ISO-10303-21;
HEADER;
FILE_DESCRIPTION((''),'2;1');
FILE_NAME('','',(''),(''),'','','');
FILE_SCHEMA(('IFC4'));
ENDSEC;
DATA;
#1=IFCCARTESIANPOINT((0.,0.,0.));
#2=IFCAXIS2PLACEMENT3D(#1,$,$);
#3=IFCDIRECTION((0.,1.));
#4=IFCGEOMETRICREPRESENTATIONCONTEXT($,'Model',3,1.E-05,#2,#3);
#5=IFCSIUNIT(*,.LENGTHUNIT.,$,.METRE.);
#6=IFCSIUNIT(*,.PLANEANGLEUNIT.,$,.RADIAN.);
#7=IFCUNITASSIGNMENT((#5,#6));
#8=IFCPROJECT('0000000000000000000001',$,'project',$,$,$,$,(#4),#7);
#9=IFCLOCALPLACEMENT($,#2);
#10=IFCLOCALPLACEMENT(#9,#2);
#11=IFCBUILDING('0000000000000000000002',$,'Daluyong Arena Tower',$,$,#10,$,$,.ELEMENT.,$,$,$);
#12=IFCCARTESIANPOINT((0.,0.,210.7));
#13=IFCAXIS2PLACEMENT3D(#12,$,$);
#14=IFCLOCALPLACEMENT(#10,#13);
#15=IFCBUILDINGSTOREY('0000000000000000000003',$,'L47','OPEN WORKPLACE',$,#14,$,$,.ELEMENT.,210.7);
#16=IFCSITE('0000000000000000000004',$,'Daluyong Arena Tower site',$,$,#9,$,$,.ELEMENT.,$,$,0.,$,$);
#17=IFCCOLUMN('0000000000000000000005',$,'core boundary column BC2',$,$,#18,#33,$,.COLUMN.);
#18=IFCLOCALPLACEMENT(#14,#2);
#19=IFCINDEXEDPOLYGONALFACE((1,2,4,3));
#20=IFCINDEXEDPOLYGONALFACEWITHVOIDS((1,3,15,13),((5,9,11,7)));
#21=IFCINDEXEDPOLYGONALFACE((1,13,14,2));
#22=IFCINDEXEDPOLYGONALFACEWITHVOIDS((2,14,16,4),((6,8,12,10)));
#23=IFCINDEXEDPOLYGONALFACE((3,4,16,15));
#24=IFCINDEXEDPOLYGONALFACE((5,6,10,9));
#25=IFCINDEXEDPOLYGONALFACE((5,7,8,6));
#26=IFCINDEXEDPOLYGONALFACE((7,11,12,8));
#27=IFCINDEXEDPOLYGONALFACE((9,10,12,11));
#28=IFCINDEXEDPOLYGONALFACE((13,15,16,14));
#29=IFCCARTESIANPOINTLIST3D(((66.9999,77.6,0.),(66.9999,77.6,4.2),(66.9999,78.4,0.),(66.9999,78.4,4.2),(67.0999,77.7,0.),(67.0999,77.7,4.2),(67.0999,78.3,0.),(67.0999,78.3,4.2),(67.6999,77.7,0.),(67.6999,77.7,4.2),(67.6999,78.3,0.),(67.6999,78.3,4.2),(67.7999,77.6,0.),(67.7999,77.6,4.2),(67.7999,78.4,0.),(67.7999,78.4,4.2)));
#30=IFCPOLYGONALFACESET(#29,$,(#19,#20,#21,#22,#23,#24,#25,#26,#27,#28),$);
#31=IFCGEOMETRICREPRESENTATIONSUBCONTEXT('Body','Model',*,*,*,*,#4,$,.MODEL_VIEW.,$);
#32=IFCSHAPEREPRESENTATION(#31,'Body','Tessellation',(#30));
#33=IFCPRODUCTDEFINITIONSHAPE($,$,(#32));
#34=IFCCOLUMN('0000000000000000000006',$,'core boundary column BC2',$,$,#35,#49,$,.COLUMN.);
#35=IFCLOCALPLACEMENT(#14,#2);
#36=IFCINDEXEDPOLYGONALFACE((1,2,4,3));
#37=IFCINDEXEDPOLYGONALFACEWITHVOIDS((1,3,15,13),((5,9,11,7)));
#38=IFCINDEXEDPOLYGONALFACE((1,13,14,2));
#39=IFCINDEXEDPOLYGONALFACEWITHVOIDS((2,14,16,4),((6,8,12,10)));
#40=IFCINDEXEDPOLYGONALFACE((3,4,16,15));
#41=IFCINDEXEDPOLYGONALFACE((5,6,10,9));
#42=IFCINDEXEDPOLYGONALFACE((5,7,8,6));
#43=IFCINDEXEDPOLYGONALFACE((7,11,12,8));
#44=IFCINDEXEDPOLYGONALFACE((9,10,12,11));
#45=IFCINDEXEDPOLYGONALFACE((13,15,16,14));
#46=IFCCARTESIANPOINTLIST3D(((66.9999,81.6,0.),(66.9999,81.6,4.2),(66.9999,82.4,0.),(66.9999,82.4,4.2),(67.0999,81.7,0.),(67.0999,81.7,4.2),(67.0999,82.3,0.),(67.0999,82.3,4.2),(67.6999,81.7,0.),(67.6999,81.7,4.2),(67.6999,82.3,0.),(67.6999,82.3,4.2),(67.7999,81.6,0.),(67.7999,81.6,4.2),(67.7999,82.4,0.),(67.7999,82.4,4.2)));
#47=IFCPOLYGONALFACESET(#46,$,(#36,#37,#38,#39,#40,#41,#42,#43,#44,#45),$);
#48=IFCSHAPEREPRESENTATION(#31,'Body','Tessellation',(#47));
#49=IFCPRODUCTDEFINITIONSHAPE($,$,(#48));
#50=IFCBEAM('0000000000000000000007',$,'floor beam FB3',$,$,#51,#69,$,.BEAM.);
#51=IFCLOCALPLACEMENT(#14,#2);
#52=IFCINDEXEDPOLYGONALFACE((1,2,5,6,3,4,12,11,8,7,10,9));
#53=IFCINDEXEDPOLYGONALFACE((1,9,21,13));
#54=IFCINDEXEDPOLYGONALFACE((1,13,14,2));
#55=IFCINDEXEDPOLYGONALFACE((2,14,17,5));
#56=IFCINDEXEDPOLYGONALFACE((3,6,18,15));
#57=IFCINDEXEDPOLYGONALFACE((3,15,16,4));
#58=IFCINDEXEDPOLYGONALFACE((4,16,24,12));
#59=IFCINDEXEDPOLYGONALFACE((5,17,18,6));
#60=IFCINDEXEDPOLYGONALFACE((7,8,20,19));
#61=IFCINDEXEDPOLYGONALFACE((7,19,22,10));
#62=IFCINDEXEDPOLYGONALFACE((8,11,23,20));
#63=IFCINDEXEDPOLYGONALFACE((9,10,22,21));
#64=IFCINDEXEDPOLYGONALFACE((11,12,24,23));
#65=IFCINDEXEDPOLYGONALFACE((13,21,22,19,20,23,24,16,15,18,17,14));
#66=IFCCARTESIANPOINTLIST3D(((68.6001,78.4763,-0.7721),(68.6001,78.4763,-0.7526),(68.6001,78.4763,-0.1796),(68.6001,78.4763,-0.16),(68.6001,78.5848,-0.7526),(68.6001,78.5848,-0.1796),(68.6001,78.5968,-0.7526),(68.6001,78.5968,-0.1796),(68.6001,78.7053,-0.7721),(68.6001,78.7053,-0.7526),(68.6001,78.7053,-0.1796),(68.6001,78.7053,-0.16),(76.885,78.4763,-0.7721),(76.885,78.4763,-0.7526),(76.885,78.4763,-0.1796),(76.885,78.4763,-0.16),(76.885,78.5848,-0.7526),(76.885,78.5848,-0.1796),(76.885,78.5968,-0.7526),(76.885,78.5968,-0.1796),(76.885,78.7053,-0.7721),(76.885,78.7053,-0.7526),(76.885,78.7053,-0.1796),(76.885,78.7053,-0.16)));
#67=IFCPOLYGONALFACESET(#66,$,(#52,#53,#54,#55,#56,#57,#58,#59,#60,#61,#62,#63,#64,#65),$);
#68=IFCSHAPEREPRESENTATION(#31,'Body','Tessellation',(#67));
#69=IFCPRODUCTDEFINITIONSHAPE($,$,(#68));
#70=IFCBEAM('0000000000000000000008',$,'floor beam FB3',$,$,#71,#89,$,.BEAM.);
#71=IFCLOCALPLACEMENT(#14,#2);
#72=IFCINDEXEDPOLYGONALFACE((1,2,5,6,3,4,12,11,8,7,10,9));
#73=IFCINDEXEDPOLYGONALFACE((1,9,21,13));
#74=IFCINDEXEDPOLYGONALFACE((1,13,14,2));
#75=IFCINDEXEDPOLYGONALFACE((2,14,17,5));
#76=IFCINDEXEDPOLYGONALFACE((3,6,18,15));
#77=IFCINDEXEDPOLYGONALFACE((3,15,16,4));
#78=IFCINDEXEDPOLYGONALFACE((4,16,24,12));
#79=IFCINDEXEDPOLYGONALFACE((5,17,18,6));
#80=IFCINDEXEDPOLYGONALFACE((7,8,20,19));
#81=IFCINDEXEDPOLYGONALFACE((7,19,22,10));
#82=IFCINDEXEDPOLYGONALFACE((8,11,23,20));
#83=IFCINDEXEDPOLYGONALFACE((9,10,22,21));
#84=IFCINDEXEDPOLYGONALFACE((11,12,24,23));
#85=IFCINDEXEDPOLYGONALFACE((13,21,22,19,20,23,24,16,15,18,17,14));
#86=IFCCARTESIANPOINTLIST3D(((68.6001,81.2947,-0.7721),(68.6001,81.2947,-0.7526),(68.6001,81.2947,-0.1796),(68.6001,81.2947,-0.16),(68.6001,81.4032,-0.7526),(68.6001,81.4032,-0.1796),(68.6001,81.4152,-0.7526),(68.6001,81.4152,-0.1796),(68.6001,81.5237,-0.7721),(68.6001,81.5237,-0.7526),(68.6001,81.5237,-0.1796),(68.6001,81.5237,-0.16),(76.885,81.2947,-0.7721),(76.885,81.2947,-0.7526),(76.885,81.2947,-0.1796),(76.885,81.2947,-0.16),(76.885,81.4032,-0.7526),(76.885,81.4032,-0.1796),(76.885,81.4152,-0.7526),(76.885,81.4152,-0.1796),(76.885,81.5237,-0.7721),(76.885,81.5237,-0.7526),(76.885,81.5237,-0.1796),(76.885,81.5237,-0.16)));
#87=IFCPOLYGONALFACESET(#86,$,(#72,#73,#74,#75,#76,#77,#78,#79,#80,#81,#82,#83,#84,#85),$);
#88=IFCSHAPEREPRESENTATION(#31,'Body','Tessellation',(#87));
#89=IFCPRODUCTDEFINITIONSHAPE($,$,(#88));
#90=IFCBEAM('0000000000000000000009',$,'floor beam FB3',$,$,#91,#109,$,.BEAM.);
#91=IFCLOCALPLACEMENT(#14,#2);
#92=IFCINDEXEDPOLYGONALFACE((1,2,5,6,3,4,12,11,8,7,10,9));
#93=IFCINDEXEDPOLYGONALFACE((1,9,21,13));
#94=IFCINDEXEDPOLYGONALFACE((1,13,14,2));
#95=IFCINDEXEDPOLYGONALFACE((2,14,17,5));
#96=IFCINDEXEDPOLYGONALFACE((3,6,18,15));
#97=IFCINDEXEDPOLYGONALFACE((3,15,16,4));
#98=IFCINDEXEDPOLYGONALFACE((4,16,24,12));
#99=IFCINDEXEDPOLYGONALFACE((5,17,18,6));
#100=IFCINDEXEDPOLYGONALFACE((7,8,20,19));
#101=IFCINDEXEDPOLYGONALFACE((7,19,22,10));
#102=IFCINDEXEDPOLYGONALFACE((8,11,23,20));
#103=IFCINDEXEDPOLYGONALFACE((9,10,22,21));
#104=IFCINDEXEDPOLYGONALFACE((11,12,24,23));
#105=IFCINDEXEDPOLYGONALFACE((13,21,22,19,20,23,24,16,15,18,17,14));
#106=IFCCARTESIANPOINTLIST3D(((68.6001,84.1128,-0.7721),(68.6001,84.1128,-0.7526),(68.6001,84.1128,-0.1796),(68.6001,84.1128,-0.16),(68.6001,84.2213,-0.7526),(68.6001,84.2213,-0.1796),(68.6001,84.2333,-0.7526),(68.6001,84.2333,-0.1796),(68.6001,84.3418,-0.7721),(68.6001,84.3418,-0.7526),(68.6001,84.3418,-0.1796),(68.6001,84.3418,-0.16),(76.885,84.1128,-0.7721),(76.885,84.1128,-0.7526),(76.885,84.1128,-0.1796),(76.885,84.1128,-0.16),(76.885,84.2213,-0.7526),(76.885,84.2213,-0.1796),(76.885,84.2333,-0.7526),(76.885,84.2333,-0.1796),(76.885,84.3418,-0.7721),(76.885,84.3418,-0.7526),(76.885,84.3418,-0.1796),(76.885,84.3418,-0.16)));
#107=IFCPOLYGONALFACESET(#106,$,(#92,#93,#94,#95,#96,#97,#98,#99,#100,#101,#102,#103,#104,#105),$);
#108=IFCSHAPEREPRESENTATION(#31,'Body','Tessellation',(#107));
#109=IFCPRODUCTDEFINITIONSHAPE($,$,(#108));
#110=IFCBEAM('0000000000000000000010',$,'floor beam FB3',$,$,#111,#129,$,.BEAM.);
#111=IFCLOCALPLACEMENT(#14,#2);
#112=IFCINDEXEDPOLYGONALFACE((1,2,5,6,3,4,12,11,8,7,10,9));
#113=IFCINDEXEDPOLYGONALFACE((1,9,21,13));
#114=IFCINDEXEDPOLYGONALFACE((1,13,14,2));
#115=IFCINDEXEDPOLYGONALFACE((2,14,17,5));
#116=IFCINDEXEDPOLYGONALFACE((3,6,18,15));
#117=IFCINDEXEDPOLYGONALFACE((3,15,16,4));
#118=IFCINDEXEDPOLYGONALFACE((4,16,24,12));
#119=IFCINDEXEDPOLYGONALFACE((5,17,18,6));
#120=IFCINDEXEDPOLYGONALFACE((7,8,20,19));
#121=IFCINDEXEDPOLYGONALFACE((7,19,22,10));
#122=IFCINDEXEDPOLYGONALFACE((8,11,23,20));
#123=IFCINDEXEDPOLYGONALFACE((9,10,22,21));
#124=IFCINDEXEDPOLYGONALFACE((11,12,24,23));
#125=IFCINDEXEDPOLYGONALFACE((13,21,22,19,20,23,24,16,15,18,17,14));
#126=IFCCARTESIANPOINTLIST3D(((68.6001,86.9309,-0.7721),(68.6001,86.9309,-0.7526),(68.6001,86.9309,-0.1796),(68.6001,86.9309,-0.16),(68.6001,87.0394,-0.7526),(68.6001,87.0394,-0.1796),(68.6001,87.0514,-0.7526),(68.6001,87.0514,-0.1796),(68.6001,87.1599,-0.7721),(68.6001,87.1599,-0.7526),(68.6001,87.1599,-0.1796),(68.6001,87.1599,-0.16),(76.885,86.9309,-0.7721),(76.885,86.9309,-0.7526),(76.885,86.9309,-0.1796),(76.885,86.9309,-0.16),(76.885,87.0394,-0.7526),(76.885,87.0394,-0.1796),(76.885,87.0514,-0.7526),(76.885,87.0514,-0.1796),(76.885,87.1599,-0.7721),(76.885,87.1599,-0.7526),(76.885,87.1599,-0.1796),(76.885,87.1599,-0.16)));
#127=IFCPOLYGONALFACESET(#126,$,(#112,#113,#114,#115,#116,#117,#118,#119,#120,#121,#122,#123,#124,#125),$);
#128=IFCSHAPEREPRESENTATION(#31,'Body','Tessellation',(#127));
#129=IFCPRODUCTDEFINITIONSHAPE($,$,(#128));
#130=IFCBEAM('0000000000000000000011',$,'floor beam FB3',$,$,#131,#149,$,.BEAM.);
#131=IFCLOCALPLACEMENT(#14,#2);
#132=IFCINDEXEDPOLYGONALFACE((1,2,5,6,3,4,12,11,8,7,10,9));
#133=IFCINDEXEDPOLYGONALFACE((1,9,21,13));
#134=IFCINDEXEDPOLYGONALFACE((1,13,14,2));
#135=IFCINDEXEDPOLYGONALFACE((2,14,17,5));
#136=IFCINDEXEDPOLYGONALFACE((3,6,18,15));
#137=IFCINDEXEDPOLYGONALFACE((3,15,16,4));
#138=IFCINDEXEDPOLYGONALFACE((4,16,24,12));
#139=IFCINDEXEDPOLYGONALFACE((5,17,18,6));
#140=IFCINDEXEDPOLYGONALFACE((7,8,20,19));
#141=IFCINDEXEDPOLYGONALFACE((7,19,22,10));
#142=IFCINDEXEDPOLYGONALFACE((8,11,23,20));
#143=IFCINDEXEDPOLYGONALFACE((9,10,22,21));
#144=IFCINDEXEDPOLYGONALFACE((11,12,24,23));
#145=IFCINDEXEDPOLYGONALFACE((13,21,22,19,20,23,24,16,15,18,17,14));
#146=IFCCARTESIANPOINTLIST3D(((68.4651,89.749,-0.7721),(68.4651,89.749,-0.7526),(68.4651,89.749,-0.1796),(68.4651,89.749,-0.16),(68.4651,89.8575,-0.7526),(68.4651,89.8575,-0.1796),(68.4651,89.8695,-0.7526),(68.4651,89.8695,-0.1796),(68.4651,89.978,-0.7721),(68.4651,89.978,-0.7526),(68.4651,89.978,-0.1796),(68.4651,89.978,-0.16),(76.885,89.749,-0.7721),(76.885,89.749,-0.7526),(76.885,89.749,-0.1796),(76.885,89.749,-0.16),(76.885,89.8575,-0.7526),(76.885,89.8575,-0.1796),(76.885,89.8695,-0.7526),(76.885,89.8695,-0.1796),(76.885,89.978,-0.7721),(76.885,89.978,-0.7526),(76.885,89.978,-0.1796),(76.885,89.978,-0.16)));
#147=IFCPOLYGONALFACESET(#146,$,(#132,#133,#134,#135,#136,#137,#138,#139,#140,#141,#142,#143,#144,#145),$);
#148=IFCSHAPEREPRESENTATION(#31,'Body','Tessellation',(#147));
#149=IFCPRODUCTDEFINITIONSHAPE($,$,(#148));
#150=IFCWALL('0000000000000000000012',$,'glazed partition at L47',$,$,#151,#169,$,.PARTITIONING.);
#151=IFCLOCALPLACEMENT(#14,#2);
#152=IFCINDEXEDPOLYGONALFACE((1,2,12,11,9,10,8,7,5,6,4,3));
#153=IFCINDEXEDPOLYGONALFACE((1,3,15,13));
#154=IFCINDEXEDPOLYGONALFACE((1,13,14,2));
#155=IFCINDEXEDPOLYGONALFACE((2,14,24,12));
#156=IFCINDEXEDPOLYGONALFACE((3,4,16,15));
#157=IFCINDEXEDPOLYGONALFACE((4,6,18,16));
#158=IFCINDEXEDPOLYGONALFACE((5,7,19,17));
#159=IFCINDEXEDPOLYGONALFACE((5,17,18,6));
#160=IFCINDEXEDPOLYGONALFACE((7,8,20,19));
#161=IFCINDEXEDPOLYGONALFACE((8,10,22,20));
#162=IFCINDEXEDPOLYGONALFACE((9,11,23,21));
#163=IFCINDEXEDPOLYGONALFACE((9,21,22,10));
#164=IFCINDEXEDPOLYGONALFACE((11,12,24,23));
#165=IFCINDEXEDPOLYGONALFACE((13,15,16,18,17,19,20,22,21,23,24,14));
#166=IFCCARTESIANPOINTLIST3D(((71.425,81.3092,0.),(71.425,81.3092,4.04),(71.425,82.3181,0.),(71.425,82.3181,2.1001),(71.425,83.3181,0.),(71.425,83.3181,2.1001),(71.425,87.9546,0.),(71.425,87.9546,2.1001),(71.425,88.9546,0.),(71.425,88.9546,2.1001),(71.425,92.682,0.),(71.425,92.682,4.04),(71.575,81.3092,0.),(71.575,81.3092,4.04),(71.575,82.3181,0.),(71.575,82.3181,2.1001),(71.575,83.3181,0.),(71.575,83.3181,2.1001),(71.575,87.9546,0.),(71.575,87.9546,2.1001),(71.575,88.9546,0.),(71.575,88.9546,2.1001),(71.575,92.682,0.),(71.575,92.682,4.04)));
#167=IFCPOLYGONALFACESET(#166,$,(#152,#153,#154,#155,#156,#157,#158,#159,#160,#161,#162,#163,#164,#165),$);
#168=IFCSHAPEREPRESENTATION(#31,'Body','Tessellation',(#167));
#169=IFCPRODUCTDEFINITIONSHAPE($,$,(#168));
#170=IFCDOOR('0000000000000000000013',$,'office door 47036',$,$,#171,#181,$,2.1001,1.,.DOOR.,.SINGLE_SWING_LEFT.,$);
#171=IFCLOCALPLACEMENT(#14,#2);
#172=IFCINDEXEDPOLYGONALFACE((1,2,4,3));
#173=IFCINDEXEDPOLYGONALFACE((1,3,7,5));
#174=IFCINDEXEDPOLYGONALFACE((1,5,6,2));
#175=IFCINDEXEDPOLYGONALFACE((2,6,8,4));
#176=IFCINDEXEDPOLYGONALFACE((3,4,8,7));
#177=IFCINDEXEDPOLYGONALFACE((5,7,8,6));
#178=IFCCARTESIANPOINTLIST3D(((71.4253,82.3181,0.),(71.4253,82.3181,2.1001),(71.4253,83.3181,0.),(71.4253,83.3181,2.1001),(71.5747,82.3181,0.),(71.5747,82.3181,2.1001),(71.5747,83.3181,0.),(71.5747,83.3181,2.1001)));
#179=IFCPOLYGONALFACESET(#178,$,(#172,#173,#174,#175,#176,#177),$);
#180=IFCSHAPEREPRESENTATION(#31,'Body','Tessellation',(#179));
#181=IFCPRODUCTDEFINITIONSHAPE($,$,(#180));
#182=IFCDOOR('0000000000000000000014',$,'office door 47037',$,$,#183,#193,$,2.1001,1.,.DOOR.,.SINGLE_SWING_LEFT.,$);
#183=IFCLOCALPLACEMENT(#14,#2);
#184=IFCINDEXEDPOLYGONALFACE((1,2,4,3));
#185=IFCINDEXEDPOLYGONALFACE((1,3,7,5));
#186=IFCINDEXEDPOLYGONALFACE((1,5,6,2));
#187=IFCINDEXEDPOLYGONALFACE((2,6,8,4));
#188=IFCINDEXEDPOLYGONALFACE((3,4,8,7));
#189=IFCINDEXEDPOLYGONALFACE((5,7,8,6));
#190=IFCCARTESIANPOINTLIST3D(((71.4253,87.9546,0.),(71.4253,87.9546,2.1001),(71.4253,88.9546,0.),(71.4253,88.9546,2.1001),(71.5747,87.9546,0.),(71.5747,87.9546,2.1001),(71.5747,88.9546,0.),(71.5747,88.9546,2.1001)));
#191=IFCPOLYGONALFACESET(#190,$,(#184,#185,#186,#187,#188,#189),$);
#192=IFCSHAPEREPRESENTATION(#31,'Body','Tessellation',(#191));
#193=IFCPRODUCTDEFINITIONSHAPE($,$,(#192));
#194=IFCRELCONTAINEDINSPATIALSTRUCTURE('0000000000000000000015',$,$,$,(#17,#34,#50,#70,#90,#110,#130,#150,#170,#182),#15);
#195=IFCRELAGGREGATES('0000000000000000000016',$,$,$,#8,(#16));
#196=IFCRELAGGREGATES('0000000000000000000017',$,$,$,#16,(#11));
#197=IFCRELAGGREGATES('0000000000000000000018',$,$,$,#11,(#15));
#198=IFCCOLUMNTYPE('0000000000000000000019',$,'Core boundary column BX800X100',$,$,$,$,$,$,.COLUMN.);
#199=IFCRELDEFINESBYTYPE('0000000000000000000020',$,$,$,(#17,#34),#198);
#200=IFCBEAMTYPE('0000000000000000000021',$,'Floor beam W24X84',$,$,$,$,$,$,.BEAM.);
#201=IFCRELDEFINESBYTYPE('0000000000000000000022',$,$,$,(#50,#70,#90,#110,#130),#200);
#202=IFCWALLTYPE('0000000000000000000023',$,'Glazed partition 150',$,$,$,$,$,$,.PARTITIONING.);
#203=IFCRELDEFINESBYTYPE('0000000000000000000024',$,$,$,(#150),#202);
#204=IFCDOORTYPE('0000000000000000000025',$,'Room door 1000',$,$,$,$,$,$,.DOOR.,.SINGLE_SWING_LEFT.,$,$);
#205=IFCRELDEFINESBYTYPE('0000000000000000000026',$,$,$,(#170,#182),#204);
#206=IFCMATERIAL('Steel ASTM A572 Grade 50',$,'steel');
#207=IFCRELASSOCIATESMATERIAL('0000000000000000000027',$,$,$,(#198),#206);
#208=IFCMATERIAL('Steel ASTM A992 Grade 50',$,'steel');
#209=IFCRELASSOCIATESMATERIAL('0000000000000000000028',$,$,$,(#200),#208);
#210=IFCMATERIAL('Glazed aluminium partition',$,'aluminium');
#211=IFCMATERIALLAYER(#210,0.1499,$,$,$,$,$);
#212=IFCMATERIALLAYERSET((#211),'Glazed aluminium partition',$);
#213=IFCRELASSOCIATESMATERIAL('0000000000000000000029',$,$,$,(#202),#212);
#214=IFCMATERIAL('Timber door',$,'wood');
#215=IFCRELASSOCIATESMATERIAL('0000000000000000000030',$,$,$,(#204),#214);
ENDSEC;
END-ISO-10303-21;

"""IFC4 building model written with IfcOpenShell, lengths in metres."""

from ifc_helpers import new_model, si_unit, direction, frame, frame_2d, origin, origin_2d, place, context, subcontext, project, spatial, rectangle, hollow_rectangle, i_section, extrude, material, layer, layer_set, material_profile, profile_set, type_object, element, fill, save


model = new_model("IFC4")

# Units and contexts
model_context = context("Model", 3, precision=1e-05, world=origin(), true_north=direction((0.0, 1.0)))
body_context = subcontext(model_context, "Body", "Model", "MODEL_VIEW")
ifc_project = project(units=[si_unit("LENGTHUNIT", "METRE"), si_unit("PLANEANGLEUNIT", "RADIAN")], contexts=[model_context])

# Site, building, storey
site_placement = place(None, origin())
site = spatial("IfcSite", under=ifc_project, at=site_placement, Name="Daluyong Arena Tower site", CompositionType="ELEMENT", RefElevation=0.0)
building_placement = place(site_placement, origin())
building = spatial("IfcBuilding", under=site, at=building_placement, Name="Daluyong Arena Tower", CompositionType="ELEMENT")
storey_placement = place(building_placement, frame((0.0, 0.0, 210.7)))
storey = spatial("IfcBuildingStorey", under=building, at=storey_placement, Name="L47", Description="OPEN WORKPLACE", CompositionType="ELEMENT", Elevation=210.7)

# Columns
ifc_material_1 = material(Name="Steel ASTM A572 Grade 50", Category="steel")
ifc_material_profile_1 = material_profile(ifc_material_1, hollow_rectangle(XDim=0.8, YDim=0.8, WallThickness=0.1, at=origin_2d()))
ifc_profile_set_1 = profile_set([ifc_material_profile_1], Name="Steel ASTM A572 Grade 50")
column_type = type_object("IfcColumnType", Name="Core boundary column BX800X100", PredefinedType="COLUMN", material=ifc_profile_set_1)
for number, where, z_axis, x_axis, name in (
    (1, (67.3999, 78.0, 0.0), (0.0, 0.0, 1.0), (1.0, 0.0, 0.0), "core boundary column BC2"),
    (2, (67.3999, 82.0, 0.0), (0.0, 0.0, 1.0), (1.0, 0.0, 0.0), "core boundary column BC2"),
):
    element("IfcColumn", number, at=place(storey_placement, frame(where, z_axis=z_axis, x_axis=x_axis)), inside=storey, type_object=column_type, Name=name, PredefinedType="COLUMN", context=body_context, shape_type="SweptSolid", body=[
        extrude(hollow_rectangle(XDim=0.8, YDim=0.8, WallThickness=0.1, at=origin_2d()), origin(), (0.0, 0.0, 1.0), 4.2),
    ])

# Beams
ifc_material_2 = material(Name="Steel ASTM A992 Grade 50", Category="steel")
ifc_material_profile_2 = material_profile(ifc_material_2, i_section(OverallWidth=0.229, OverallDepth=0.6121, WebThickness=0.012, FlangeThickness=0.0195, at=origin_2d()))
ifc_profile_set_2 = profile_set([ifc_material_profile_2], Name="Steel ASTM A992 Grade 50")
beam_type = type_object("IfcBeamType", Name="Floor beam W24X84", PredefinedType="BEAM", material=ifc_profile_set_2)
for number, where, z_axis, x_axis, name in (
    (3, (76.885, 78.5908, -0.4661), (-1.0, 0.0, 0.0), (0.0, -1.0, 0.0), "floor beam FB3"),
    (4, (76.885, 81.4092, -0.4661), (-1.0, 0.0, 0.0), (0.0, -1.0, 0.0), "floor beam FB3"),
    (5, (76.885, 84.2273, -0.4661), (-1.0, 0.0, 0.0), (0.0, -1.0, 0.0), "floor beam FB3"),
    (6, (76.885, 87.0454, -0.4661), (-1.0, 0.0, 0.0), (0.0, -1.0, 0.0), "floor beam FB3"),
):
    element("IfcBeam", number, at=place(storey_placement, frame(where, z_axis=z_axis, x_axis=x_axis)), inside=storey, type_object=beam_type, Name=name, PredefinedType="BEAM", context=body_context, shape_type="SweptSolid", body=[
        extrude(i_section(OverallWidth=0.229, OverallDepth=0.6121, WebThickness=0.012, FlangeThickness=0.0195, at=origin_2d()), origin(), (0.0, 0.0, 1.0), 8.2849),
    ])
beam_placement = place(storey_placement, frame((76.885, 89.8635, -0.4661), z_axis=(-1.0, 0.0, 0.0), x_axis=(0.0, -1.0, 0.0)))
element("IfcBeam", 7, at=beam_placement, inside=storey, type_object=beam_type, Name="floor beam FB3", PredefinedType="BEAM", context=body_context, shape_type="SweptSolid", body=[
    extrude(i_section(OverallWidth=0.229, OverallDepth=0.6121, WebThickness=0.012, FlangeThickness=0.0195, at=origin_2d()), origin(), (0.0, 0.0, 1.0), 8.4199),
])

# Wall, openings, doors
ifc_material_3 = material(Name="Glazed aluminium partition", Category="aluminium")
ifc_layer_1 = layer(ifc_material_3, 0.1499)
ifc_layer_set_1 = layer_set([ifc_layer_1], Name="Glazed aluminium partition")
wall_type_1 = type_object("IfcWallType", Name="Glazed partition 150", PredefinedType="PARTITIONING", material=ifc_layer_set_1)
wall_1_placement = place(storey_placement, frame((71.5, 81.3091, 0.0), z_axis=(0.0, 0.0, 1.0), x_axis=(0.0, 1.0, 0.0)))
wall_1 = element("IfcWall", 8, at=wall_1_placement, inside=storey, type_object=wall_type_1, Name="glazed partition at L47", PredefinedType="PARTITIONING", context=body_context, shape_type="SweptSolid", body=[
    extrude(rectangle(XDim=11.3728, YDim=0.1499, at=frame_2d((5.6865, 0.0))), origin(), (0.0, 0.0, 1.0), 4.04),
])
opening_1_placement = place(wall_1_placement, frame((1.009, 0.0, 0.0)))
opening_1 = element("IfcOpeningElement", 9, at=opening_1_placement, cuts=wall_1, PredefinedType="OPENING", context=body_context, shape_type="SweptSolid", body=[
    extrude(rectangle(XDim=1.0, YDim=2.1001, at=frame_2d((0.5, 1.05))), frame((0.0, 0.085, 0.0), z_axis=(0.0, -1.0, 0.0), x_axis=(1.0, 0.0, 0.0)), (0.0, 0.0, 1.0), 0.1699),
])
opening_2_placement = place(wall_1_placement, frame((6.6455, 0.0, 0.0)))
opening_2 = element("IfcOpeningElement", 10, at=opening_2_placement, cuts=wall_1, PredefinedType="OPENING", context=body_context, shape_type="SweptSolid", body=[
    extrude(rectangle(XDim=1.0, YDim=2.1001, at=frame_2d((0.5, 1.05))), frame((0.0, 0.085, 0.0), z_axis=(0.0, -1.0, 0.0), x_axis=(1.0, 0.0, 0.0)), (0.0, 0.0, 1.0), 0.1699),
])
ifc_material_4 = material(Name="Timber door", Category="wood")
door_type = type_object("IfcDoorType", Name="Room door 1000", OperationType="SINGLE_SWING_LEFT", PredefinedType="DOOR", material=ifc_material_4)
door_1_placement = place(opening_1_placement, origin())
door_1 = element("IfcDoor", 11, at=door_1_placement, inside=storey, type_object=door_type, Name="office door 47036", OperationType="SINGLE_SWING_LEFT", OverallHeight=2.1001, OverallWidth=1.0, PredefinedType="DOOR", context=body_context, shape_type="SweptSolid", body=[
    extrude(rectangle(XDim=1.0, YDim=2.1001, at=frame_2d((0.5, 1.05))), frame((0.0, 0.0747, 0.0), z_axis=(0.0, -1.0, 0.0), x_axis=(1.0, 0.0, 0.0)), (0.0, 0.0, 1.0), 0.1494),
])
fill(opening_1, door_1)
door_2_placement = place(opening_2_placement, origin())
door_2 = element("IfcDoor", 12, at=door_2_placement, inside=storey, type_object=door_type, Name="office door 47037", OperationType="SINGLE_SWING_LEFT", OverallHeight=2.1001, OverallWidth=1.0, PredefinedType="DOOR", context=body_context, shape_type="SweptSolid", body=[
    extrude(rectangle(XDim=1.0, YDim=2.1001, at=frame_2d((0.5, 1.05))), frame((0.0, 0.0747, 0.0), z_axis=(0.0, -1.0, 0.0), x_axis=(1.0, 0.0, 0.0)), (0.0, 0.0, 1.0), 0.1494),
])
fill(opening_2, door_2)

save(model, "model.ifc")
